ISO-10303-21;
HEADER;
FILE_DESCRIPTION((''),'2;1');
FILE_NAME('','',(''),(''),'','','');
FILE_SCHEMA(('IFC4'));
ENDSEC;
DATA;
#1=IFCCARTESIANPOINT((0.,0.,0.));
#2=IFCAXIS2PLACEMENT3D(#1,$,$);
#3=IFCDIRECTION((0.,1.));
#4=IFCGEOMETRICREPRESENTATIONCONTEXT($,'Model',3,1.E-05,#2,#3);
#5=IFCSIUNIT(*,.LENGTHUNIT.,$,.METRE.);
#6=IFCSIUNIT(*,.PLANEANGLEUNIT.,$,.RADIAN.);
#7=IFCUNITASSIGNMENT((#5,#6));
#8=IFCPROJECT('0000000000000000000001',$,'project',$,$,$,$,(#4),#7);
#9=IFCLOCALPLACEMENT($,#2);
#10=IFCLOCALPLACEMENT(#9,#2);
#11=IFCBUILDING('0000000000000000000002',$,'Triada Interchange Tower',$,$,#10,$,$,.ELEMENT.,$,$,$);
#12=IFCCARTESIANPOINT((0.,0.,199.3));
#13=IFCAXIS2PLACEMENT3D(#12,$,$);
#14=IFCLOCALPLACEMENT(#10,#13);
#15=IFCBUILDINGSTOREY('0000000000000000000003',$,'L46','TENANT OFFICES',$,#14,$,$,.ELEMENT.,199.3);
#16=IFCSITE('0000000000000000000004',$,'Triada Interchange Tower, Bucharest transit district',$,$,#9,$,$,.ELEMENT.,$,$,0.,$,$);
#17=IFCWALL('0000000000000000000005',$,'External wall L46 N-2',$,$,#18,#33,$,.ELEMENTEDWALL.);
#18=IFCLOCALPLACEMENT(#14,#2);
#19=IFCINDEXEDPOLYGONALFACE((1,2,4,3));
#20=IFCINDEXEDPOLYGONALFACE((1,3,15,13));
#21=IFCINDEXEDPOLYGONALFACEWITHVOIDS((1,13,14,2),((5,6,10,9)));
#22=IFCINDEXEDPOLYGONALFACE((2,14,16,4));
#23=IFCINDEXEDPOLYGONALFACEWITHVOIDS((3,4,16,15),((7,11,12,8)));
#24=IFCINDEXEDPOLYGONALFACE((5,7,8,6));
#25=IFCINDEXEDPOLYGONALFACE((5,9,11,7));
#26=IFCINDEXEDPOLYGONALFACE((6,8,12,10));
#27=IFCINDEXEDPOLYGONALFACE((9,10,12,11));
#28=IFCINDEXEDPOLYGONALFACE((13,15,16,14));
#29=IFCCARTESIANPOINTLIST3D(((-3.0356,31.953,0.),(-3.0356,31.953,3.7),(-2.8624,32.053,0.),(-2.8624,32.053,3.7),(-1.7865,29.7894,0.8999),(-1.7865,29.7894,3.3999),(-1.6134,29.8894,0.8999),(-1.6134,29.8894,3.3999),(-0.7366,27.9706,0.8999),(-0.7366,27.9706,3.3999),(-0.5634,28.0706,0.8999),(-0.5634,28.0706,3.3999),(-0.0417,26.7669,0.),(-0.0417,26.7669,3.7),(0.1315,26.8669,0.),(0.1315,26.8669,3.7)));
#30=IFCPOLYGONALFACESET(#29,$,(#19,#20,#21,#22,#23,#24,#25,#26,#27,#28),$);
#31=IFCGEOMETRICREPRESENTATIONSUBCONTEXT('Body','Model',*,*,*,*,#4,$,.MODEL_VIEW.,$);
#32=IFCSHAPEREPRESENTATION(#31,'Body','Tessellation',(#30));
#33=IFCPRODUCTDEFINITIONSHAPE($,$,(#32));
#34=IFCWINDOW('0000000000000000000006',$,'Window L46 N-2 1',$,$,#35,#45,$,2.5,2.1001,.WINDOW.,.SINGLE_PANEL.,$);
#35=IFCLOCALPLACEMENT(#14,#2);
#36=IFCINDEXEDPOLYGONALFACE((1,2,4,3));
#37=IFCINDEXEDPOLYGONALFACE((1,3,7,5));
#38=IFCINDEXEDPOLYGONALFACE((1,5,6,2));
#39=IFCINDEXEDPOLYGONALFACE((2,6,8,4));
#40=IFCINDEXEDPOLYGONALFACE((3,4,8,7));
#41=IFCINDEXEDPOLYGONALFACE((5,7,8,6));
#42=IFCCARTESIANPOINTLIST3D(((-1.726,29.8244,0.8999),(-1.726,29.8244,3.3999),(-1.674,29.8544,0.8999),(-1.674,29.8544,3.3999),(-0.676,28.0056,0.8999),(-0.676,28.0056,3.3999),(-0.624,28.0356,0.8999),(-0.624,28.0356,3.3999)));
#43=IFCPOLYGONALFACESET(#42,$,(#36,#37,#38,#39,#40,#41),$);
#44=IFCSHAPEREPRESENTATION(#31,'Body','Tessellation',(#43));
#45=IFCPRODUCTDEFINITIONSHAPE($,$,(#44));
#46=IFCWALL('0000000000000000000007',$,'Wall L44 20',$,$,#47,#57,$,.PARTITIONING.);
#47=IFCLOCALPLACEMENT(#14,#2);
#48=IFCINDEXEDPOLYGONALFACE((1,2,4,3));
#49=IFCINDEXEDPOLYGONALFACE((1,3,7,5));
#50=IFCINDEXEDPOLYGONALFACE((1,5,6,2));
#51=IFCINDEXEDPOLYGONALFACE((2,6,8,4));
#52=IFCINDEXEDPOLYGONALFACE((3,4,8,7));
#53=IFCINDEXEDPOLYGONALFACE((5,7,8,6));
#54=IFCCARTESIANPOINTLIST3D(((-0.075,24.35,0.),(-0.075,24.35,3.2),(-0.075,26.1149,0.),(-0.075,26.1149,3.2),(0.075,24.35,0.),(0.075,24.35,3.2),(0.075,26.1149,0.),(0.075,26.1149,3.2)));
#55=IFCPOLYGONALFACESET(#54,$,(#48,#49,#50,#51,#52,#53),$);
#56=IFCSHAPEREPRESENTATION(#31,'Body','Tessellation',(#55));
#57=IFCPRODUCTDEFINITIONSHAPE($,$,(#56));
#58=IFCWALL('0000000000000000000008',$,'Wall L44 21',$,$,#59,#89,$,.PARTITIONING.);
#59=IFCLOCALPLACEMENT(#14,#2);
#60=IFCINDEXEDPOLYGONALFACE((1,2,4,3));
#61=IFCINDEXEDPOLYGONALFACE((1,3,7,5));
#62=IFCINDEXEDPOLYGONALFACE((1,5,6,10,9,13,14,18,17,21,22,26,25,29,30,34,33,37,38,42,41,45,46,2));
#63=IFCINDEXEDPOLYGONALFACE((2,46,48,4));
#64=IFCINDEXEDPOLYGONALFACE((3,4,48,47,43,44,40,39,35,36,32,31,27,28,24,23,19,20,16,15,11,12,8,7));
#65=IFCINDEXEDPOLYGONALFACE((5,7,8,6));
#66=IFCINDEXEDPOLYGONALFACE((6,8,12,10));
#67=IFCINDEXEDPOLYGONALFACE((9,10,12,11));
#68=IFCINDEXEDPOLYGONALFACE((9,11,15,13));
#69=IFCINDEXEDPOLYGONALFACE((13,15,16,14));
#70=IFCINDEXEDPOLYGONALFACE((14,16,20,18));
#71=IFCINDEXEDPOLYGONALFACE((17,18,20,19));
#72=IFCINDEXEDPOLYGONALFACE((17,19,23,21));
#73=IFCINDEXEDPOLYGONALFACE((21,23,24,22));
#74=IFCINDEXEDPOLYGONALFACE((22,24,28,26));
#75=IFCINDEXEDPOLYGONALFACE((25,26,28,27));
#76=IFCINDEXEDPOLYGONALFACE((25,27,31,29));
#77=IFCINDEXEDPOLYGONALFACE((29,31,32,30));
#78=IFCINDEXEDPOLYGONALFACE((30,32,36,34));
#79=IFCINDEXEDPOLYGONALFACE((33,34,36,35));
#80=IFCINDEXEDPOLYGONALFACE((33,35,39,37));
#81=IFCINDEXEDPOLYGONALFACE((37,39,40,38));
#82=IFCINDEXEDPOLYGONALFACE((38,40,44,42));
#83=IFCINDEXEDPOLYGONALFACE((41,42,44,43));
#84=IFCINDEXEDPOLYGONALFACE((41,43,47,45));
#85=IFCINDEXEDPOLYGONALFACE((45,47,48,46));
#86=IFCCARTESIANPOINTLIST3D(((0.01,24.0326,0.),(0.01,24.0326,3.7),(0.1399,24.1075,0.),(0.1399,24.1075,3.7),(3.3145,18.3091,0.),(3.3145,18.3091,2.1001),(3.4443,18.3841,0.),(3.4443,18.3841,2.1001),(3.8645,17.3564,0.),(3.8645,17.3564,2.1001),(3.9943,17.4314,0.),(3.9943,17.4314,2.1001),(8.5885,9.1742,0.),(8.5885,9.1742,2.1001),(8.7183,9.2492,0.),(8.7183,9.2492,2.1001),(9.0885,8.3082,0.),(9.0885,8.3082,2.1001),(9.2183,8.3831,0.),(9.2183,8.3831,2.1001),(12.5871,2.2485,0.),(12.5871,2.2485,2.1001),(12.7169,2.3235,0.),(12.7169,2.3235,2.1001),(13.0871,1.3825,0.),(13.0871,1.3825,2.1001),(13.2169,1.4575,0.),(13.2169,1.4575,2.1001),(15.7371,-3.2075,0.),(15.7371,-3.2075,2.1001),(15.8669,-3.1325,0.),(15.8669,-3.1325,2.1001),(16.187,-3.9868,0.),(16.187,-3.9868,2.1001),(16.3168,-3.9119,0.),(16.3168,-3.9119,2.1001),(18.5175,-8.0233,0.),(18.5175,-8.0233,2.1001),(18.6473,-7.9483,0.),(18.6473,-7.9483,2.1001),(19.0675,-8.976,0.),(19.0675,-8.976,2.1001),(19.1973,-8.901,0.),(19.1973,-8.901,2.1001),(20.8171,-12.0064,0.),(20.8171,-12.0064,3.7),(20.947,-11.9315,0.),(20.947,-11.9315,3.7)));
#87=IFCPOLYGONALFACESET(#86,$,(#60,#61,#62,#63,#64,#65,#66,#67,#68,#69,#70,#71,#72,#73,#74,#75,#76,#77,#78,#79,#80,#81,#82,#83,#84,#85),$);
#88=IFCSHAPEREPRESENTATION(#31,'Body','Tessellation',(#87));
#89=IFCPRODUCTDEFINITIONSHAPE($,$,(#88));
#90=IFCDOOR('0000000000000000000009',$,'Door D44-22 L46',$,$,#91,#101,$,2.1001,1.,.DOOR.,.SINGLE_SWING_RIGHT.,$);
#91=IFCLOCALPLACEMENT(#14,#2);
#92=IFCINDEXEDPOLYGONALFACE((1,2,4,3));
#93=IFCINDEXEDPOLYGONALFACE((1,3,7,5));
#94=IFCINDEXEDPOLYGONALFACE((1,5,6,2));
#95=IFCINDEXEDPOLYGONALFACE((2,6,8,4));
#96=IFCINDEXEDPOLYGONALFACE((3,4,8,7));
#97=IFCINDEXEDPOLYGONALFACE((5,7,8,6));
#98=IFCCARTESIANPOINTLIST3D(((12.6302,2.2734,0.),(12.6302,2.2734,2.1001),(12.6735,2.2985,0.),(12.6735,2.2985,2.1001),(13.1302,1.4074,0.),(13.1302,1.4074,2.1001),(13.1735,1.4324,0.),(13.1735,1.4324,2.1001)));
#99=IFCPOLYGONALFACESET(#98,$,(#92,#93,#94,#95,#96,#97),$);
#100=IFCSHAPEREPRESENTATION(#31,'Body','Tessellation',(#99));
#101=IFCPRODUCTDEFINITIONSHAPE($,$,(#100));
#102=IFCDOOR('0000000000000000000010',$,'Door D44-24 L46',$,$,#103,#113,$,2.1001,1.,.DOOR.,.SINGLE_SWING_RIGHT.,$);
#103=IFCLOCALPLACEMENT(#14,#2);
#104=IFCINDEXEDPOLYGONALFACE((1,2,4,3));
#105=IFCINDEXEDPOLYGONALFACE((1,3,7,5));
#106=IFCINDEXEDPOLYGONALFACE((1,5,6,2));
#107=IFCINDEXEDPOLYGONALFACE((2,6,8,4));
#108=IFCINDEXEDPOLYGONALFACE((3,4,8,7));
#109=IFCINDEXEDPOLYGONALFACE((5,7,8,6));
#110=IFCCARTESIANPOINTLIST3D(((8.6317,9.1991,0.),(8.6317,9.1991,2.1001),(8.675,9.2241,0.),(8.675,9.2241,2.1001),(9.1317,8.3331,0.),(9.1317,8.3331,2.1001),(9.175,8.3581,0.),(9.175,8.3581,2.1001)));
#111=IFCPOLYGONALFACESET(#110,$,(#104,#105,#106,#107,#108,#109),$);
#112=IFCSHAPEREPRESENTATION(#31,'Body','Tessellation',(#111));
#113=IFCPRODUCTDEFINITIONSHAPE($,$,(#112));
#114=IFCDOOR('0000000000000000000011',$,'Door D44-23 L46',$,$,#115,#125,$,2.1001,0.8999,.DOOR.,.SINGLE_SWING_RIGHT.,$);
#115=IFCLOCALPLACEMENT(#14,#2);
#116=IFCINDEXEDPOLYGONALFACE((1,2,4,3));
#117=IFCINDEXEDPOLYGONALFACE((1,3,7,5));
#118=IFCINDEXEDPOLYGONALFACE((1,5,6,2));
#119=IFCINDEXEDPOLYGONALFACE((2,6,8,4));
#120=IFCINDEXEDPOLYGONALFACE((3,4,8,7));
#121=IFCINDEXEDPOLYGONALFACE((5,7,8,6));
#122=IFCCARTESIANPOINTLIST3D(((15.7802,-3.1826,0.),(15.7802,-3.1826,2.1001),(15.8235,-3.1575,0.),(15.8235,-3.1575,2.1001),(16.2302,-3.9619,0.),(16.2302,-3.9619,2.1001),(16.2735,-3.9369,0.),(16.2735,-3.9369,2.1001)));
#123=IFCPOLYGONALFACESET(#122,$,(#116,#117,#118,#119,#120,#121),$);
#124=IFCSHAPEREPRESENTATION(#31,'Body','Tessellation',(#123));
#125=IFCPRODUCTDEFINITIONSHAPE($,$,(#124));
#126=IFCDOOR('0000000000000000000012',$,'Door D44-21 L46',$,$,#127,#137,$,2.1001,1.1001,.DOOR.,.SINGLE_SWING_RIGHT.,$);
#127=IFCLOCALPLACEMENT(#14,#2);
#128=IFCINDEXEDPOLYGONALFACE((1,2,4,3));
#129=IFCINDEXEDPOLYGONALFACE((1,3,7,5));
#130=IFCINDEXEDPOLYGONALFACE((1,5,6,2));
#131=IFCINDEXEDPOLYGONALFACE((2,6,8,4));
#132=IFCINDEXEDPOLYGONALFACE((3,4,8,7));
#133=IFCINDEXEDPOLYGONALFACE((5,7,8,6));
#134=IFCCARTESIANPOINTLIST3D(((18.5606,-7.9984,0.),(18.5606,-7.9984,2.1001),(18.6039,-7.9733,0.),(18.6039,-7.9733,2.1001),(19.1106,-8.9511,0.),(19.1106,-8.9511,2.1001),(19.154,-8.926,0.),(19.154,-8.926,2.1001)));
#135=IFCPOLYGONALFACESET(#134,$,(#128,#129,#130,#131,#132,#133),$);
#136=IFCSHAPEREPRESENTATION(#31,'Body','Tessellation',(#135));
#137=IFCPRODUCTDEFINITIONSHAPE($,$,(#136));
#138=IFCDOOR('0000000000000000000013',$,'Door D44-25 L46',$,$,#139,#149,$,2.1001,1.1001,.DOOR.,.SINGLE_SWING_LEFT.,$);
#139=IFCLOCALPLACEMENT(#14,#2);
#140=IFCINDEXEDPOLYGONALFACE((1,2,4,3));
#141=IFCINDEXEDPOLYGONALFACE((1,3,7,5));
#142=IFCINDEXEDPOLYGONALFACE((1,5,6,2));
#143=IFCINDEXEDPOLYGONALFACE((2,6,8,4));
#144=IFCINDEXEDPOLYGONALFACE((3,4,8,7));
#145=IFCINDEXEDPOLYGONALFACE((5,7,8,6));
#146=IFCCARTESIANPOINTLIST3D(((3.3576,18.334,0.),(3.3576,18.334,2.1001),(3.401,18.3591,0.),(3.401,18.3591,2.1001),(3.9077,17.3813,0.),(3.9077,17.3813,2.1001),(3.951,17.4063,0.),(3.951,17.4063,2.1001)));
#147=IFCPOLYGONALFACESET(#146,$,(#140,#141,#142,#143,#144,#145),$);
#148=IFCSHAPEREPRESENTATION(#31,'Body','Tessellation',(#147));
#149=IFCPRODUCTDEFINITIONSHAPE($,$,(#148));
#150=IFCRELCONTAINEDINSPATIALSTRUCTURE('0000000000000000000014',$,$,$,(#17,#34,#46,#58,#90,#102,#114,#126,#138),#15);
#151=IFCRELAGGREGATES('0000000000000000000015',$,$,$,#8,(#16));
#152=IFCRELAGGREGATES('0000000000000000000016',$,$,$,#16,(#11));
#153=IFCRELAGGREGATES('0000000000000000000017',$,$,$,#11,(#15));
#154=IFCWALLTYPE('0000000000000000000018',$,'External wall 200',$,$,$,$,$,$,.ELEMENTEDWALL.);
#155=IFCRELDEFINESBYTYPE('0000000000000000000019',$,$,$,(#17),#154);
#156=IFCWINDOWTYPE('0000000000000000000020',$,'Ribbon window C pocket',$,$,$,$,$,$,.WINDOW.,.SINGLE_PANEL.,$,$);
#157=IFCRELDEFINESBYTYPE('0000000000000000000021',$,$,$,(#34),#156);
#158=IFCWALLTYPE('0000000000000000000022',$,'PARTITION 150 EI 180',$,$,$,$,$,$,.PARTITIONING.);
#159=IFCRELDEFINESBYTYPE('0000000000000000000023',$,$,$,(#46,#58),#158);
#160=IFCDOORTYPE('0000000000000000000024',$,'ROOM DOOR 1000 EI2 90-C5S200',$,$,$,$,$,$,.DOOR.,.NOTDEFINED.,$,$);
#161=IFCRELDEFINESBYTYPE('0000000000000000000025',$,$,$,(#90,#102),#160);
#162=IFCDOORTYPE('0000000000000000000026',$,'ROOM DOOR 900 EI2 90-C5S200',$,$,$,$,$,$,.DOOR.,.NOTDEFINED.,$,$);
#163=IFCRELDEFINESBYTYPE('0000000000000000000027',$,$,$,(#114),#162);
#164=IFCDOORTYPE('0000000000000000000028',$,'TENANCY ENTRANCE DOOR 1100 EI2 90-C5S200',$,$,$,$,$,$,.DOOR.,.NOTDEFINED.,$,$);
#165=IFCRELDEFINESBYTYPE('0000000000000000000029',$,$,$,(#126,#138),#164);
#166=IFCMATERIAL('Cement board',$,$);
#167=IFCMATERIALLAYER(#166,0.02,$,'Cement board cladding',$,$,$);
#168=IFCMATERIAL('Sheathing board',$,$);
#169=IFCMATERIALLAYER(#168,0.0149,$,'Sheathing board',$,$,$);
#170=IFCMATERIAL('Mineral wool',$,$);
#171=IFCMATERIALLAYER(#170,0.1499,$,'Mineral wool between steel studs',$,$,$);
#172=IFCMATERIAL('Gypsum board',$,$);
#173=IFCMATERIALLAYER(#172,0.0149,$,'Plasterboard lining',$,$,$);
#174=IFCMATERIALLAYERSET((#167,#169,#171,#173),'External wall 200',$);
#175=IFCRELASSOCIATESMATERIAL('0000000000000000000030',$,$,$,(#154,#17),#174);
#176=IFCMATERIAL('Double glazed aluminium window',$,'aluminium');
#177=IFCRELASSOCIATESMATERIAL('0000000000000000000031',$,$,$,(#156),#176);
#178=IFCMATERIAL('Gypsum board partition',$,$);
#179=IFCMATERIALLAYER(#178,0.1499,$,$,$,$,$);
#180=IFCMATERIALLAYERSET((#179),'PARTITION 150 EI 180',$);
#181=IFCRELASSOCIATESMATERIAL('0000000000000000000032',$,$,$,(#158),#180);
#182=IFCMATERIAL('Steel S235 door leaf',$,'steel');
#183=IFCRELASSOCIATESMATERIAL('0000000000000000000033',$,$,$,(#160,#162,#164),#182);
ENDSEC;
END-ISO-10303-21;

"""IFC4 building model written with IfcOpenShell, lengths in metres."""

from ifc_helpers import new_model, si_unit, direction, frame, frame_2d, origin, place, context, subcontext, project, spatial, rectangle, extrude, material, layer, layer_set, layer_usage, type_object, element, fill, save


model = new_model("IFC4")

# Units and contexts
model_context = context("Model", 3, precision=1e-05, world=origin(), true_north=direction((0.0, 1.0)))
body_context = subcontext(model_context, "Body", "Model", "MODEL_VIEW")
ifc_project = project(units=[si_unit("LENGTHUNIT", "METRE"), si_unit("PLANEANGLEUNIT", "RADIAN")], contexts=[model_context])

# Site, building, storey
site_placement = place(None, origin())
site = spatial("IfcSite", under=ifc_project, at=site_placement, Name="Triada Interchange Tower, Bucharest transit district", CompositionType="ELEMENT", RefElevation=0.0)
building_placement = place(site_placement, origin())
building = spatial("IfcBuilding", under=site, at=building_placement, Name="Triada Interchange Tower", CompositionType="ELEMENT")
storey_placement = place(building_placement, frame((0.0, 0.0, 199.3)))
storey = spatial("IfcBuildingStorey", under=building, at=storey_placement, Name="L46", Description="TENANT OFFICES", CompositionType="ELEMENT", Elevation=199.3)

# Wall, opening, window
ifc_material_1 = material(Name="Cement board")
ifc_layer_1 = layer(ifc_material_1, 0.02, Name="Cement board cladding")
ifc_material_2 = material(Name="Sheathing board")
ifc_layer_2 = layer(ifc_material_2, 0.0149, Name="Sheathing board")
ifc_material_3 = material(Name="Mineral wool")
ifc_layer_3 = layer(ifc_material_3, 0.1499, Name="Mineral wool between steel studs")
ifc_material_4 = material(Name="Gypsum board")
ifc_layer_4 = layer(ifc_material_4, 0.0149, Name="Plasterboard lining")
ifc_layer_set_1 = layer_set([ifc_layer_1, ifc_layer_2, ifc_layer_3, ifc_layer_4], Name="External wall 200")
ifc_layer_usage = layer_usage(ifc_layer_set_1, "AXIS2", "POSITIVE", -0.1001)
wall_type_1 = type_object("IfcWallType", Name="External wall 200", PredefinedType="ELEMENTEDWALL", material=ifc_layer_set_1)
ifc_material_5 = material(Name="Double glazed aluminium window", Category="aluminium")
window_type = type_object("IfcWindowType", Name="Ribbon window C pocket", PartitioningType="SINGLE_PANEL", PredefinedType="WINDOW", material=ifc_material_5)
wall_1_placement = place(storey_placement, frame((0.0449, 26.8169, 0.0), z_axis=(0.0, 0.0, 1.0), x_axis=(-0.499967, 0.866044, 0.0)))
wall_1 = element("IfcWall", 1, at=wall_1_placement, inside=storey, type_object=wall_type_1, material=ifc_layer_usage, Name="External wall L46 N-2", PredefinedType="ELEMENTEDWALL", context=body_context, shape_type="SweptSolid", body=[
    extrude(rectangle(XDim=5.9883, YDim=0.2, at=frame_2d((2.9941, 0.0))), origin(), (0.0, 0.0, 1.0), 3.7),
])
opening_1_placement = place(wall_1_placement, frame((1.3899, 0.0, 0.8999)))
opening_1 = element("IfcOpeningElement", 2, at=opening_1_placement, cuts=wall_1, PredefinedType="OPENING", context=body_context, shape_type="SweptSolid", body=[
    extrude(rectangle(XDim=2.1001, YDim=2.5, at=frame_2d((1.05, 1.25))), frame((0.0, 0.1099, 0.0), z_axis=(0.0, -1.0, 0.0), x_axis=(1.0, 0.0, 0.0)), (0.0, 0.0, 1.0), 0.22),
])
window_1_placement = place(opening_1_placement, origin())
window_1 = element("IfcWindow", 3, at=window_1_placement, inside=storey, type_object=window_type, Name="Window L46 N-2 1", OverallHeight=2.5, OverallWidth=2.1001, PartitioningType="SINGLE_PANEL", PredefinedType="WINDOW", context=body_context, shape_type="SweptSolid", body=[
    extrude(rectangle(XDim=2.1001, YDim=2.5, at=frame_2d((1.05, 1.25))), frame((0.0, 0.03, 0.0), z_axis=(0.0, -1.0, 0.0), x_axis=(1.0, 0.0, 0.0)), (0.0, 0.0, 1.0), 0.0601),
])
fill(opening_1, window_1)

# Wall
ifc_material_6 = material(Name="Gypsum board partition")
ifc_layer_5 = layer(ifc_material_6, 0.1499)
ifc_layer_set_2 = layer_set([ifc_layer_5], Name="PARTITION 150 EI 180")
wall_type_2 = type_object("IfcWallType", Name="PARTITION 150 EI 180", PredefinedType="PARTITIONING", material=ifc_layer_set_2)
wall_2_placement = place(storey_placement, frame((0.0, 24.3501, 0.0), z_axis=(0.0, 0.0, 1.0), x_axis=(0.0, 1.0, 0.0)))
element("IfcWall", 4, at=wall_2_placement, inside=storey, type_object=wall_type_2, Name="Wall L44 20", PredefinedType="PARTITIONING", context=body_context, shape_type="SweptSolid", body=[
    extrude(rectangle(XDim=1.7649, YDim=0.1499, at=frame_2d((0.8823, 0.0))), origin(), (0.0, 0.0, 1.0), 3.2),
])

# Wall, openings, doors
wall_3_placement = place(storey_placement, frame((0.075, 24.0701, 0.0), z_axis=(0.0, 0.0, 1.0), x_axis=(0.499999, -0.866026, 0.0)))
wall_3 = element("IfcWall", 5, at=wall_3_placement, inside=storey, type_object=wall_type_2, Name="Wall L44 21", PredefinedType="PARTITIONING", context=body_context, shape_type="SweptSolid", body=[
    extrude(rectangle(XDim=41.6143, YDim=0.1499, at=frame_2d((20.8071, 0.0))), origin(), (0.0, 0.0, 1.0), 3.7),
])
opening_2_placement = place(wall_3_placement, frame((37.0149, 0.0, 0.0)))
opening_2 = element("IfcOpeningElement", 6, at=opening_2_placement, cuts=wall_3, PredefinedType="OPENING", context=body_context, shape_type="SweptSolid", body=[
    extrude(rectangle(XDim=1.1001, YDim=2.1001, at=frame_2d((0.55, 1.05))), frame((0.0, 0.085, 0.0), z_axis=(0.0, -1.0, 0.0), x_axis=(1.0, 0.0, 0.0)), (0.0, 0.0, 1.0), 0.1699),
])
opening_3_placement = place(wall_3_placement, frame((25.1541, 0.0, 0.0)))
opening_3 = element("IfcOpeningElement", 7, at=opening_3_placement, cuts=wall_3, PredefinedType="OPENING", context=body_context, shape_type="SweptSolid", body=[
    extrude(rectangle(XDim=1.0, YDim=2.1001, at=frame_2d((0.5, 1.05))), frame((0.0, 0.085, 0.0), z_axis=(0.0, -1.0, 0.0), x_axis=(1.0, 0.0, 0.0)), (0.0, 0.0, 1.0), 0.1699),
])
opening_4_placement = place(wall_3_placement, frame((31.4541, 0.0, 0.0)))
opening_4 = element("IfcOpeningElement", 8, at=opening_4_placement, cuts=wall_3, PredefinedType="OPENING", context=body_context, shape_type="SweptSolid", body=[
    extrude(rectangle(XDim=0.8999, YDim=2.1001, at=frame_2d((0.45, 1.05))), frame((0.0, 0.085, 0.0), z_axis=(0.0, -1.0, 0.0), x_axis=(1.0, 0.0, 0.0)), (0.0, 0.0, 1.0), 0.1699),
])
opening_5_placement = place(wall_3_placement, frame((17.157, 0.0, 0.0)))
opening_5 = element("IfcOpeningElement", 9, at=opening_5_placement, cuts=wall_3, PredefinedType="OPENING", context=body_context, shape_type="SweptSolid", body=[
    extrude(rectangle(XDim=1.0, YDim=2.1001, at=frame_2d((0.5, 1.05))), frame((0.0, 0.085, 0.0), z_axis=(0.0, -1.0, 0.0), x_axis=(1.0, 0.0, 0.0)), (0.0, 0.0, 1.0), 0.1699),
])
opening_6_placement = place(wall_3_placement, frame((6.6089, 0.0, 0.0)))
opening_6 = element("IfcOpeningElement", 10, at=opening_6_placement, cuts=wall_3, PredefinedType="OPENING", context=body_context, shape_type="SweptSolid", body=[
    extrude(rectangle(XDim=1.1001, YDim=2.1001, at=frame_2d((0.55, 1.05))), frame((0.0, 0.085, 0.0), z_axis=(0.0, -1.0, 0.0), x_axis=(1.0, 0.0, 0.0)), (0.0, 0.0, 1.0), 0.1699),
])
ifc_material_7 = material(Name="Steel S235 door leaf", Category="steel")
door_type_1 = type_object("IfcDoorType", Name="ROOM DOOR 1000 EI2 90-C5S200", OperationType="NOTDEFINED", PredefinedType="DOOR", material=ifc_material_7)
door_1_placement = place(opening_3_placement, origin())
door_1 = element("IfcDoor", 11, at=door_1_placement, inside=storey, type_object=door_type_1, Name="Door D44-22 L46", OperationType="SINGLE_SWING_RIGHT", OverallHeight=2.1001, OverallWidth=1.0, PredefinedType="DOOR", context=body_context, shape_type="SweptSolid", body=[
    extrude(rectangle(XDim=1.0, YDim=2.1001, at=frame_2d((0.5, 1.05))), frame((0.0, 0.0249, 0.0), z_axis=(0.0, -1.0, 0.0), x_axis=(1.0, 0.0, 0.0)), (0.0, 0.0, 1.0), 0.05),
])
fill(opening_3, door_1)
door_2_placement = place(opening_5_placement, origin())
door_2 = element("IfcDoor", 12, at=door_2_placement, inside=storey, type_object=door_type_1, Name="Door D44-24 L46", OperationType="SINGLE_SWING_RIGHT", OverallHeight=2.1001, OverallWidth=1.0, PredefinedType="DOOR", context=body_context, shape_type="SweptSolid", body=[
    extrude(rectangle(XDim=1.0, YDim=2.1001, at=frame_2d((0.5, 1.05))), frame((0.0, 0.0249, 0.0), z_axis=(0.0, -1.0, 0.0), x_axis=(1.0, 0.0, 0.0)), (0.0, 0.0, 1.0), 0.05),
])
fill(opening_5, door_2)
door_type_2 = type_object("IfcDoorType", Name="ROOM DOOR 900 EI2 90-C5S200", OperationType="NOTDEFINED", PredefinedType="DOOR", material=ifc_material_7)
door_3_placement = place(opening_4_placement, origin())
door_3 = element("IfcDoor", 13, at=door_3_placement, inside=storey, type_object=door_type_2, Name="Door D44-23 L46", OperationType="SINGLE_SWING_RIGHT", OverallHeight=2.1001, OverallWidth=0.8999, PredefinedType="DOOR", context=body_context, shape_type="SweptSolid", body=[
    extrude(rectangle(XDim=0.8999, YDim=2.1001, at=frame_2d((0.45, 1.05))), frame((0.0, 0.0249, 0.0), z_axis=(0.0, -1.0, 0.0), x_axis=(1.0, 0.0, 0.0)), (0.0, 0.0, 1.0), 0.05),
])
fill(opening_4, door_3)
door_type_3 = type_object("IfcDoorType", Name="TENANCY ENTRANCE DOOR 1100 EI2 90-C5S200", OperationType="NOTDEFINED", PredefinedType="DOOR", material=ifc_material_7)
door_4_placement = place(opening_2_placement, origin())
door_4 = element("IfcDoor", 14, at=door_4_placement, inside=storey, type_object=door_type_3, Name="Door D44-21 L46", OperationType="SINGLE_SWING_RIGHT", OverallHeight=2.1001, OverallWidth=1.1001, PredefinedType="DOOR", context=body_context, shape_type="SweptSolid", body=[
    extrude(rectangle(XDim=1.1001, YDim=2.1001, at=frame_2d((0.55, 1.05))), frame((0.0, 0.0249, 0.0), z_axis=(0.0, -1.0, 0.0), x_axis=(1.0, 0.0, 0.0)), (0.0, 0.0, 1.0), 0.05),
])
fill(opening_2, door_4)
door_5_placement = place(opening_6_placement, origin())
door_5 = element("IfcDoor", 15, at=door_5_placement, inside=storey, type_object=door_type_3, Name="Door D44-25 L46", OperationType="SINGLE_SWING_LEFT", OverallHeight=2.1001, OverallWidth=1.1001, PredefinedType="DOOR", context=body_context, shape_type="SweptSolid", body=[
    extrude(rectangle(XDim=1.1001, YDim=2.1001, at=frame_2d((0.55, 1.05))), frame((0.0, 0.0249, 0.0), z_axis=(0.0, -1.0, 0.0), x_axis=(1.0, 0.0, 0.0)), (0.0, 0.0, 1.0), 0.05),
])
fill(opening_6, door_5)

save(model, "model.ifc")
